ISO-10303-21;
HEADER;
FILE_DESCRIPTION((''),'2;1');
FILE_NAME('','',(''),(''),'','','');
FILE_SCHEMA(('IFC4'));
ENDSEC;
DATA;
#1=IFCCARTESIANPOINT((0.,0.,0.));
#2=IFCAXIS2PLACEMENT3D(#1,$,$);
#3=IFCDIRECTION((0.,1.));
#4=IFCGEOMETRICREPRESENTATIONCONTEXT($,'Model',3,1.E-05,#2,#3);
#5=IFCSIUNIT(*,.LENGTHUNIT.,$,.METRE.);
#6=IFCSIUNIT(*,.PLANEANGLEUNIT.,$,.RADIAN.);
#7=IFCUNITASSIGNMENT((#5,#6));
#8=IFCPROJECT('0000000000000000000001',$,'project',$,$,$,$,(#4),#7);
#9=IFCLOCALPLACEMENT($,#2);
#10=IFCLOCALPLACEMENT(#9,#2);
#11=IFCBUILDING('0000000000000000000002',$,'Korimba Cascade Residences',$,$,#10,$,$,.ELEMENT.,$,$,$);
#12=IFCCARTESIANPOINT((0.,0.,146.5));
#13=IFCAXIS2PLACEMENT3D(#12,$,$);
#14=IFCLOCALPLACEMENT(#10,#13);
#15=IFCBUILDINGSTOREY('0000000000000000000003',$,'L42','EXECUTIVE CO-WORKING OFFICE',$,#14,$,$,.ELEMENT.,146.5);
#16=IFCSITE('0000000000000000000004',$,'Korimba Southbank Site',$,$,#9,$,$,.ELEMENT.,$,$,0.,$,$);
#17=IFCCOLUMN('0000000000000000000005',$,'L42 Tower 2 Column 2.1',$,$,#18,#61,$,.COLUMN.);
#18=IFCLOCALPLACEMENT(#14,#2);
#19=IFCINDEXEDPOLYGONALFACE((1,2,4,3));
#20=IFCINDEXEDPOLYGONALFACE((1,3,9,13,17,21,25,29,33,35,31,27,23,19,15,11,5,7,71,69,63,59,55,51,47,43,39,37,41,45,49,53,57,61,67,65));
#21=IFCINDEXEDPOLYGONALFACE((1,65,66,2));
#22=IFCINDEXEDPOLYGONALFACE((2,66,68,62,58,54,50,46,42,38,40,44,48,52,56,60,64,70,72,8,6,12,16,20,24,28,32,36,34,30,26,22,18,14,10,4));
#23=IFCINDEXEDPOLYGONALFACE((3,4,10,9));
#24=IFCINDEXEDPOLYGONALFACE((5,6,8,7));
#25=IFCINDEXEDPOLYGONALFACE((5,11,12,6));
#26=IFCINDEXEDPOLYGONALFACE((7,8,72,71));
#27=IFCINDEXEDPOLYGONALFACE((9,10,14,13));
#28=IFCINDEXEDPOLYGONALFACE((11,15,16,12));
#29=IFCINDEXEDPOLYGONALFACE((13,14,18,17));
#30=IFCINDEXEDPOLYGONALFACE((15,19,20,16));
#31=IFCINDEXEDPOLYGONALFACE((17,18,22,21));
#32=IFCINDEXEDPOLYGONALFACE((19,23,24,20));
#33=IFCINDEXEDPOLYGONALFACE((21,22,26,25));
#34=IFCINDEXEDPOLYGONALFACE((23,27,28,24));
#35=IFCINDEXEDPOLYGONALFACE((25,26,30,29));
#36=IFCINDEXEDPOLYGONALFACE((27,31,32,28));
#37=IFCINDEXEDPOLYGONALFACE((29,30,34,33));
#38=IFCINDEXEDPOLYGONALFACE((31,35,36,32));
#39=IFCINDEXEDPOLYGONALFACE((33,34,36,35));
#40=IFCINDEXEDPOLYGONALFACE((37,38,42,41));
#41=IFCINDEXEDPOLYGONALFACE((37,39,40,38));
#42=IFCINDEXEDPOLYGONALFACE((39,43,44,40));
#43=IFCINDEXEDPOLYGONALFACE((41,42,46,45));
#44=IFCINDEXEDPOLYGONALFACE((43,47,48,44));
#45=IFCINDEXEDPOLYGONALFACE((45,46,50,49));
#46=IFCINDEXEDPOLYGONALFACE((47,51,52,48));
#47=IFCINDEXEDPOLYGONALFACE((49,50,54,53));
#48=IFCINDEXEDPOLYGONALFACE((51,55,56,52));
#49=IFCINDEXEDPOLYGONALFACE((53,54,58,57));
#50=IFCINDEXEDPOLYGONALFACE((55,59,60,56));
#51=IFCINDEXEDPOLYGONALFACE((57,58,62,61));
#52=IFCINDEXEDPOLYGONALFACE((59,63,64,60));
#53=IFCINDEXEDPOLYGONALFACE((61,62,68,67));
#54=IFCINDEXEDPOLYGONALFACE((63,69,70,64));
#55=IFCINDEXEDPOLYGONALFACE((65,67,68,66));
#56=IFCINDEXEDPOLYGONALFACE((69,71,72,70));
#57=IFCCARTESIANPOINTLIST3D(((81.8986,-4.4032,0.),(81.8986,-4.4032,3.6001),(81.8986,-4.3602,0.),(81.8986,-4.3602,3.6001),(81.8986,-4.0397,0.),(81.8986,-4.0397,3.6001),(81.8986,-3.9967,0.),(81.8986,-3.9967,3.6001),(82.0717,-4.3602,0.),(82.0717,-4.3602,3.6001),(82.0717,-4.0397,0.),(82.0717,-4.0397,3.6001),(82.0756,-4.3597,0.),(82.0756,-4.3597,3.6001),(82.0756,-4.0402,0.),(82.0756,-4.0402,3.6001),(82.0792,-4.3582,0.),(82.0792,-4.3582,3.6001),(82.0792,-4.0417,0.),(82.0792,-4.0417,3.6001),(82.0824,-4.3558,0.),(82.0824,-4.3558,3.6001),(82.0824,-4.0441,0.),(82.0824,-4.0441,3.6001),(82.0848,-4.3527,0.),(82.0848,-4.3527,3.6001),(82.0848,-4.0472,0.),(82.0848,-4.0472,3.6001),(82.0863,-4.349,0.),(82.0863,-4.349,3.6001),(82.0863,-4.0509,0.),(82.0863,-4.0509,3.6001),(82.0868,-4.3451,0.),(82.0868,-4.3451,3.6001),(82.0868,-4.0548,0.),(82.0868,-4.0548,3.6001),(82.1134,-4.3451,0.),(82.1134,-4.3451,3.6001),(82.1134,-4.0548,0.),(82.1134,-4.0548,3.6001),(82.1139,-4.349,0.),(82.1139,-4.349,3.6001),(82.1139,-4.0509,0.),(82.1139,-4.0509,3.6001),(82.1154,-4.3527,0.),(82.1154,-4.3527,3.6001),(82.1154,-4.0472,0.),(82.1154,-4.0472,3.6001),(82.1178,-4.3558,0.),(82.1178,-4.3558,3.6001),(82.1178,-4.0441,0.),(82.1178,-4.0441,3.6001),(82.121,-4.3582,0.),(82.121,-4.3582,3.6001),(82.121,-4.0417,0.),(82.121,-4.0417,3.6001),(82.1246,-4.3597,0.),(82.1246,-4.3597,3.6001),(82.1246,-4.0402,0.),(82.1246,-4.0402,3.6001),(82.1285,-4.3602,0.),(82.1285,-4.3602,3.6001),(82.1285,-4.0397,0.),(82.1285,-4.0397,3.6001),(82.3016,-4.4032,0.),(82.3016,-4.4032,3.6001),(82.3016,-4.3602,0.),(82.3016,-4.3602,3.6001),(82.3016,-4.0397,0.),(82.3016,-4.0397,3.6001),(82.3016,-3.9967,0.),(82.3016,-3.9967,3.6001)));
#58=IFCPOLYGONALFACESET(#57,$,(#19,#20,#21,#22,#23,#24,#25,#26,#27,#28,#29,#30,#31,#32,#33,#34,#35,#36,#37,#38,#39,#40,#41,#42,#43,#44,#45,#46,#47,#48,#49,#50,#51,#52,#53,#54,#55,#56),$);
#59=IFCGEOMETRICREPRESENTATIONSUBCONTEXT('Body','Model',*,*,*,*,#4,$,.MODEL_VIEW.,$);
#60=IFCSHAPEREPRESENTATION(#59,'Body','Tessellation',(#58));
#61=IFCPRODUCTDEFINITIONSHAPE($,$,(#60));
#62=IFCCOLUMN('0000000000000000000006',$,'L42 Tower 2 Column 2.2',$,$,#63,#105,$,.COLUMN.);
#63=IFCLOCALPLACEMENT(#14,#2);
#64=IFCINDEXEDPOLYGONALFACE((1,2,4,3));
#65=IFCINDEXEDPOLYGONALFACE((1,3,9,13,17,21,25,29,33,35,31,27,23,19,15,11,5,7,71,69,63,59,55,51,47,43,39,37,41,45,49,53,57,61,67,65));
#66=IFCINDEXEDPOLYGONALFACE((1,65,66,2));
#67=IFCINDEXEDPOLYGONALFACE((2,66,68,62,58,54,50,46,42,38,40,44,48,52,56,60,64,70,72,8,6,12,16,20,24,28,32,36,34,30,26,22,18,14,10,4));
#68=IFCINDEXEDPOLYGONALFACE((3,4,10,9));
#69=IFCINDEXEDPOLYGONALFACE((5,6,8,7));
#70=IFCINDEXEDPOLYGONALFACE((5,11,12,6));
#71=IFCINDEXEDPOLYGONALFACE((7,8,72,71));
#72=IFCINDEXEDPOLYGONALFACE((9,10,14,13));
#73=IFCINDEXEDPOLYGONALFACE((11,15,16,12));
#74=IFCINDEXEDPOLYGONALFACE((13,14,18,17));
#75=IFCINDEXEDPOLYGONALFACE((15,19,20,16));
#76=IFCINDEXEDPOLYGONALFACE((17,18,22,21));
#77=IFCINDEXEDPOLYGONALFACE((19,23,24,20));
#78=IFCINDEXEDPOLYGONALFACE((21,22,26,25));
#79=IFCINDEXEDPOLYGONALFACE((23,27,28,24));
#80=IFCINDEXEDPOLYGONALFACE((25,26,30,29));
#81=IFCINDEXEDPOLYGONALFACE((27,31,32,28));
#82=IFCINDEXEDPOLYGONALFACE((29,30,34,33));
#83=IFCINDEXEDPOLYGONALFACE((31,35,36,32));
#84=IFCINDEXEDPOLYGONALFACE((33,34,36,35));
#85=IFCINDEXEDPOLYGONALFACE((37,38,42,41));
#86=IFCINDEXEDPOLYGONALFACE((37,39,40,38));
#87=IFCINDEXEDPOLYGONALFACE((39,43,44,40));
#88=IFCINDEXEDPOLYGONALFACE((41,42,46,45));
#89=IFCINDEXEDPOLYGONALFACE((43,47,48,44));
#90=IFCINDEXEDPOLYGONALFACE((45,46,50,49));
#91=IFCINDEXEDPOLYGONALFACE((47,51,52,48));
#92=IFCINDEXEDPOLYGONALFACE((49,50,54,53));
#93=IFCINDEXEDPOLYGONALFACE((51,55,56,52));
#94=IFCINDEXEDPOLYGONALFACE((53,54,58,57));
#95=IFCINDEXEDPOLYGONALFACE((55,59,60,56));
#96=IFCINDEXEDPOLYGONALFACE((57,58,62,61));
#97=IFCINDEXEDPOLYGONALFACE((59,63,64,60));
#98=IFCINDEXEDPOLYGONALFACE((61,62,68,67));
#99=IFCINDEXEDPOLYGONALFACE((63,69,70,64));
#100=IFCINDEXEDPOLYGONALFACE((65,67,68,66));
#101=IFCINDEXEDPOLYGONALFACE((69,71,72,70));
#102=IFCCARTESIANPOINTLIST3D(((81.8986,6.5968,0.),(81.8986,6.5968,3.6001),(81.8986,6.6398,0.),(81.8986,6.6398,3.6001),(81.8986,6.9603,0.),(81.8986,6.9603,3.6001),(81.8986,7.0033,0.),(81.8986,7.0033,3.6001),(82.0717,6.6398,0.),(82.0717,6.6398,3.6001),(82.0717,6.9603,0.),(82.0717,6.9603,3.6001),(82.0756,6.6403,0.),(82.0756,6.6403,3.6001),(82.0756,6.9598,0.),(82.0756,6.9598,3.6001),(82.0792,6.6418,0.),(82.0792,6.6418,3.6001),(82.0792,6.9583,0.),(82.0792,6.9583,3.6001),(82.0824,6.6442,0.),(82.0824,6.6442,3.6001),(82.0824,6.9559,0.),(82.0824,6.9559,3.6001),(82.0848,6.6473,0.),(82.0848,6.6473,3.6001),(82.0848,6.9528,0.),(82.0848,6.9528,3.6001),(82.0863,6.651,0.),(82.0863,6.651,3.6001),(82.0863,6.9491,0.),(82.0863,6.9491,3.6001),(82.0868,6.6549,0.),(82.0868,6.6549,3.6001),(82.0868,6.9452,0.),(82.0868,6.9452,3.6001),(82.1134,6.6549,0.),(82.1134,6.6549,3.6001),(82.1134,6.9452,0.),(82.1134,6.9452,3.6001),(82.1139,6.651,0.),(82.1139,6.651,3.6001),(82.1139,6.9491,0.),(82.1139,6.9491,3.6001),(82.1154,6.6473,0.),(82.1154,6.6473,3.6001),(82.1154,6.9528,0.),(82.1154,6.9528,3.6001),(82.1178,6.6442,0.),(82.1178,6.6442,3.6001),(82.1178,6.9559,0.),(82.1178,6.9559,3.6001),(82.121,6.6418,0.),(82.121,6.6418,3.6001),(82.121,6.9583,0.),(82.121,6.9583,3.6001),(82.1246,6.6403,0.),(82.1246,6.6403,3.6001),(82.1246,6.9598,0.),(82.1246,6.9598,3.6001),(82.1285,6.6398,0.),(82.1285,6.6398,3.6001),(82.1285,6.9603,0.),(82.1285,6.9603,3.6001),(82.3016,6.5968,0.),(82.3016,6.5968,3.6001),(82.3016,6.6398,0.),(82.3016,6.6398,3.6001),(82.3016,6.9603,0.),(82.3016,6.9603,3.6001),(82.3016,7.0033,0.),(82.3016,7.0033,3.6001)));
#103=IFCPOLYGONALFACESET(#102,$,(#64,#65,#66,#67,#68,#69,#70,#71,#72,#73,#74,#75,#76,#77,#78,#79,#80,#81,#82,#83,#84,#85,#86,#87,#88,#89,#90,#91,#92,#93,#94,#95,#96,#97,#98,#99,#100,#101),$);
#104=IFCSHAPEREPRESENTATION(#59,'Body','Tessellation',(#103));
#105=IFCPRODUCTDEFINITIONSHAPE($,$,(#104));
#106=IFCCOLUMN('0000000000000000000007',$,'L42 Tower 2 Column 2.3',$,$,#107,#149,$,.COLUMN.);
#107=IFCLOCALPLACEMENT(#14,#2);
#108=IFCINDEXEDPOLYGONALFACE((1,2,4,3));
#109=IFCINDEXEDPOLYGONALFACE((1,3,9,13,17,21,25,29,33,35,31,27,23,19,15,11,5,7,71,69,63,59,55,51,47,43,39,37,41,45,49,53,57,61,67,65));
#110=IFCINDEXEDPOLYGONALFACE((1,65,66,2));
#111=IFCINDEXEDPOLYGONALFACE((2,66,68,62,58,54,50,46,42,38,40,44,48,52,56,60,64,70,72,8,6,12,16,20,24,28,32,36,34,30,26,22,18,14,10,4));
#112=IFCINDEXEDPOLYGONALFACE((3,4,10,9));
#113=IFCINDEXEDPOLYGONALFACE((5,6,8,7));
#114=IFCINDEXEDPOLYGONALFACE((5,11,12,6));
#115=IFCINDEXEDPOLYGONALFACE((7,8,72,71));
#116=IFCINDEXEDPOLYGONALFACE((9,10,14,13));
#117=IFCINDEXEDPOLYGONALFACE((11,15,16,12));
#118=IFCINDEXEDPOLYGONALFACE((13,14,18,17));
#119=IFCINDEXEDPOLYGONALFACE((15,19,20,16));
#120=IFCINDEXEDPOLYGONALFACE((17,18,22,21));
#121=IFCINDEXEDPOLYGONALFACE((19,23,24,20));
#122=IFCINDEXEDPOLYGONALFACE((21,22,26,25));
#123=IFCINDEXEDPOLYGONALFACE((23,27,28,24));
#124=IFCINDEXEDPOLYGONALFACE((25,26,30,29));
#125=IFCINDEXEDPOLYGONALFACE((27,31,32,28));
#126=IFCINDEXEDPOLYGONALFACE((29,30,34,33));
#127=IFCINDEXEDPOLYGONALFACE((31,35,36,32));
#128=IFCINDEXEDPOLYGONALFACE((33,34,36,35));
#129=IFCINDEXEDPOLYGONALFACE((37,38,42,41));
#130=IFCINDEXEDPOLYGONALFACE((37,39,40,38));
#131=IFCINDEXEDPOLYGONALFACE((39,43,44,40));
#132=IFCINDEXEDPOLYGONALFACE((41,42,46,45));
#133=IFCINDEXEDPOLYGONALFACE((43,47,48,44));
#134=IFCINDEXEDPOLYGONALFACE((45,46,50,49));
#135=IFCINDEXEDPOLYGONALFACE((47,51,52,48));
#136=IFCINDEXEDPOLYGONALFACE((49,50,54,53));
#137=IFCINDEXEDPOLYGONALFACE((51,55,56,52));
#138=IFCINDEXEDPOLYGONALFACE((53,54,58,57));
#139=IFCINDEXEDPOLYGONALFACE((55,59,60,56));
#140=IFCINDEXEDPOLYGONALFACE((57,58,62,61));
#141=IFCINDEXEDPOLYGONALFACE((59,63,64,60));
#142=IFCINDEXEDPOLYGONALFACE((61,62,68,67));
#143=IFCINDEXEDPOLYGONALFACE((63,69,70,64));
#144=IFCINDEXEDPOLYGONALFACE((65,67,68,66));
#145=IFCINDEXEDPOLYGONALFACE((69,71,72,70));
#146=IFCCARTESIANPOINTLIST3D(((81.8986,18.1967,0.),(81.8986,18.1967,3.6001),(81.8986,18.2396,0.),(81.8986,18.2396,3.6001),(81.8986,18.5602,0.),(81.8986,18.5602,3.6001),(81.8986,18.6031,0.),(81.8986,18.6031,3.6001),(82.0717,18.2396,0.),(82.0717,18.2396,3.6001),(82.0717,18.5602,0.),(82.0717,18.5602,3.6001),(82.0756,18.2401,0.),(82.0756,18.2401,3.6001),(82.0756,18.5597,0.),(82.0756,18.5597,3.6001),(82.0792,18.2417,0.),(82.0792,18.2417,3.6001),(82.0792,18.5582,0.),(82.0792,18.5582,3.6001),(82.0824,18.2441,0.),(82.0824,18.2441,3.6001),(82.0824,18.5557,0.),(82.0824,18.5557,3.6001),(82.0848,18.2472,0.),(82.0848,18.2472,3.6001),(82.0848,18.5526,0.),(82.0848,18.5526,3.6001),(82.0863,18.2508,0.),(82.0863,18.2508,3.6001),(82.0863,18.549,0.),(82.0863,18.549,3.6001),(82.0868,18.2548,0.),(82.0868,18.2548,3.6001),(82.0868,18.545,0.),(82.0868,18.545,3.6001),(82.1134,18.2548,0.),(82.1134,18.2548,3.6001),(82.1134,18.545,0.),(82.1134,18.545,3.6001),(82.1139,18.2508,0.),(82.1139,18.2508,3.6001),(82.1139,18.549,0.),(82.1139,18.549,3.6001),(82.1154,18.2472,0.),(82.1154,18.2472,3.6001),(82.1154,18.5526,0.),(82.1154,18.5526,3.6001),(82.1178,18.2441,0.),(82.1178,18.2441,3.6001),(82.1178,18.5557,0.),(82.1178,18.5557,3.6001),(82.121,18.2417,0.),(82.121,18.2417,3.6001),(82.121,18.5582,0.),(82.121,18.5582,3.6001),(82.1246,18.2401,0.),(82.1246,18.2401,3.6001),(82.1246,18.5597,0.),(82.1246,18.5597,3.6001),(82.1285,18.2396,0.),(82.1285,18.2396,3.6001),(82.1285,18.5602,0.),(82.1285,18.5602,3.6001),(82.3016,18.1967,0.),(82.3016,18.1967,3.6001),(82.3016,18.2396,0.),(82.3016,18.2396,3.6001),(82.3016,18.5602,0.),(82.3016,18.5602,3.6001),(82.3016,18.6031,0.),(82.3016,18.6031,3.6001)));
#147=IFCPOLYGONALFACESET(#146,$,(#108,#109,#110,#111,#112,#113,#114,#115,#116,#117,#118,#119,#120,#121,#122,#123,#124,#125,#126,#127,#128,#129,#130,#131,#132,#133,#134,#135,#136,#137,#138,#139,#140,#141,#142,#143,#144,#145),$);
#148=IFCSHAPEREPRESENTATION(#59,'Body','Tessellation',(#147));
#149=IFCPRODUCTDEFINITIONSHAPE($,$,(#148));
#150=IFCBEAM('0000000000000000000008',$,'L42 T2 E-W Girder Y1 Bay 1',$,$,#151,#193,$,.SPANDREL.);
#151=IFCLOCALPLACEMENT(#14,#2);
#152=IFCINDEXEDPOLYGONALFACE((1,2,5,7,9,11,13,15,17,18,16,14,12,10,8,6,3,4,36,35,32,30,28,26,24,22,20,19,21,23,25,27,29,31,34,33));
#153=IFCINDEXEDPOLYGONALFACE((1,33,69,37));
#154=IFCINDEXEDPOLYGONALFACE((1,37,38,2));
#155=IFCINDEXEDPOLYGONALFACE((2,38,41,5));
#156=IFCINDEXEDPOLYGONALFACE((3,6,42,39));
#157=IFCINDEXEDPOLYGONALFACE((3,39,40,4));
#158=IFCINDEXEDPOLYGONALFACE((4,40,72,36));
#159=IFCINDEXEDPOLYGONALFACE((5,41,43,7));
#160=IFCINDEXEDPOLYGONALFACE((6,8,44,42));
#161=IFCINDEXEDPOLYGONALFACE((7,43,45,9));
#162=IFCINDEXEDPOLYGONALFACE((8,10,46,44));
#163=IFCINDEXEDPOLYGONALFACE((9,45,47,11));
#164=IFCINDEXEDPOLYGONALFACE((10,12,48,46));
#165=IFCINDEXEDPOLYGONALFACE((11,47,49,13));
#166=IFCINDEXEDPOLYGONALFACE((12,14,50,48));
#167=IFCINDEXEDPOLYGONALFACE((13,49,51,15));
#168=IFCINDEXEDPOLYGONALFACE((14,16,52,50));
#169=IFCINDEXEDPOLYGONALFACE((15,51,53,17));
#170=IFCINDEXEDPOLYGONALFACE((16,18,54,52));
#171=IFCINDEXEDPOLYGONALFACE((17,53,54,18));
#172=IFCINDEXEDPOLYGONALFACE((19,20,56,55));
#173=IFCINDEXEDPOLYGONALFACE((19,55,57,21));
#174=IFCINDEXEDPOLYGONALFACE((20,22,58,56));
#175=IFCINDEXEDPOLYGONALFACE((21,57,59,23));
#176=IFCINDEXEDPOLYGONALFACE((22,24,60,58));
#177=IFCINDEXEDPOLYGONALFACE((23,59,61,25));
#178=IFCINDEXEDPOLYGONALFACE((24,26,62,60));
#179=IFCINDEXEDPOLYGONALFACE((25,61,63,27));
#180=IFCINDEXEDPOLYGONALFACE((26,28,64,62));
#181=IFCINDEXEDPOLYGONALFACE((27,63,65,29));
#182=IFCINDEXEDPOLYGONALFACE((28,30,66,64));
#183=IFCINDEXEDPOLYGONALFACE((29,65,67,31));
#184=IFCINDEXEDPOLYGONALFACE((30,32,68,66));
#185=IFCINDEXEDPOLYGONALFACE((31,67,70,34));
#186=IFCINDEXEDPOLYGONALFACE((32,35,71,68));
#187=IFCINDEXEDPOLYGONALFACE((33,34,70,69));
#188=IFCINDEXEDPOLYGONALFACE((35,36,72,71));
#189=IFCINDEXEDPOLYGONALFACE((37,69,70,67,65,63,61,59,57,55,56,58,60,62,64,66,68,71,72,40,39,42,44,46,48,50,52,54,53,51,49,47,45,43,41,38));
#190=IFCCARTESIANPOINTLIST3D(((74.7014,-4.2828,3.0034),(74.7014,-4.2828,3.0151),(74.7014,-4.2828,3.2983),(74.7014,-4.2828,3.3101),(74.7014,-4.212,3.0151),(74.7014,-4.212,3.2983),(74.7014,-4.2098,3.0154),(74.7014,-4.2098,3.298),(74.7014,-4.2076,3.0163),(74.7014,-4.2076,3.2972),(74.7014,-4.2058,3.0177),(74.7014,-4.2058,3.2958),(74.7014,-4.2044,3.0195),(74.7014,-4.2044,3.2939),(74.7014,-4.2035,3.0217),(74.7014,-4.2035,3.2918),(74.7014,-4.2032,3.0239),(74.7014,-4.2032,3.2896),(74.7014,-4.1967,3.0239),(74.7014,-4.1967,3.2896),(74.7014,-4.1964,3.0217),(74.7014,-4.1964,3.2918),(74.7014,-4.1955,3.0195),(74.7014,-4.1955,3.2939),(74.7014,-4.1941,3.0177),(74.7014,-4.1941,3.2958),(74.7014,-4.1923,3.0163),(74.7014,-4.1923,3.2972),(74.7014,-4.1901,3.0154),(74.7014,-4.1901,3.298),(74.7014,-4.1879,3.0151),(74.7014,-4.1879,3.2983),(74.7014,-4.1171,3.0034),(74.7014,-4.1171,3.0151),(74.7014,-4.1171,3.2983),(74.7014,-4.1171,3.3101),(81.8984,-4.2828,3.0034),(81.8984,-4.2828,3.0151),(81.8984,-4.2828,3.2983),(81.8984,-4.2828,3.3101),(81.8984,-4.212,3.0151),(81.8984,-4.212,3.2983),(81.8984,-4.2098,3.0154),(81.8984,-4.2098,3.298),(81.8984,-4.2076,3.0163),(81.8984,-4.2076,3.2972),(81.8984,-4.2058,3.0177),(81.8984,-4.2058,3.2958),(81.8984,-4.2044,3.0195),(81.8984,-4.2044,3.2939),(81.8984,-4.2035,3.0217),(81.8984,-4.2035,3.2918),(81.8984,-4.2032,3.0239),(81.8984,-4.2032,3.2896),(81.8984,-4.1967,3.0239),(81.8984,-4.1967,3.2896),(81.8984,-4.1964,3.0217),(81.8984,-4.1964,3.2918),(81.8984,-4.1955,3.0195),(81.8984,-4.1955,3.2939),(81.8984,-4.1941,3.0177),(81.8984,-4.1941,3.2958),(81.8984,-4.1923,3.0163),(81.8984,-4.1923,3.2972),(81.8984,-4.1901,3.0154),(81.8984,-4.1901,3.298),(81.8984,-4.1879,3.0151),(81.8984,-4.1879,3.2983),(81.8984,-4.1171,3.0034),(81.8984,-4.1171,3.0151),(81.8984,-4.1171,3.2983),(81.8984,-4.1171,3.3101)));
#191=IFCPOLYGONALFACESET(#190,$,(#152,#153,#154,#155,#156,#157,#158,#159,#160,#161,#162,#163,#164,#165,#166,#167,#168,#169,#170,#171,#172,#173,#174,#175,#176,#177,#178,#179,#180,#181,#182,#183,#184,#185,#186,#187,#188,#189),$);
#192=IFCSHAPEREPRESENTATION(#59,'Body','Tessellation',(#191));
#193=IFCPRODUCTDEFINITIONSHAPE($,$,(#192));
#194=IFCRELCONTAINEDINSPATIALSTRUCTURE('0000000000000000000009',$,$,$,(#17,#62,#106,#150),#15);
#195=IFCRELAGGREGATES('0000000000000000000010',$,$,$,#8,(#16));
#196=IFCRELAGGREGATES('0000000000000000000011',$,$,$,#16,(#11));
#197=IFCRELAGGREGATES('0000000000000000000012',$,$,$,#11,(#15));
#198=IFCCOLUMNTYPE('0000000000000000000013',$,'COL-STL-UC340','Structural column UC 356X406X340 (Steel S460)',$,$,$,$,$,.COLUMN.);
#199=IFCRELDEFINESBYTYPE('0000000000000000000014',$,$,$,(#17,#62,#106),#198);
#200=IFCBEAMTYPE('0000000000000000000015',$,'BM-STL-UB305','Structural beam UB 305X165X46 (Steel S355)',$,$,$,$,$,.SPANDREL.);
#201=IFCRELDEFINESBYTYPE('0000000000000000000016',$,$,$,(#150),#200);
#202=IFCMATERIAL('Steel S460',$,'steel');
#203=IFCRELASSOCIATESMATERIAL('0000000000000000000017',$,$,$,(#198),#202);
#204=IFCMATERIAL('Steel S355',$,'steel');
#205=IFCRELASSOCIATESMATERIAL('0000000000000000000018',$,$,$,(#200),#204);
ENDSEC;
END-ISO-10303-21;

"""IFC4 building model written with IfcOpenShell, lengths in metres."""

from ifc_helpers import new_model, si_unit, direction, frame, origin, origin_2d, place, context, subcontext, project, spatial, i_section, extrude, material, material_profile, profile_set, type_object, element, save


model = new_model("IFC4")

# Units and contexts
model_context = context("Model", 3, precision=1e-05, world=origin(), true_north=direction((0.0, 1.0)))
body_context = subcontext(model_context, "Body", "Model", "MODEL_VIEW")
ifc_project = project(units=[si_unit("LENGTHUNIT", "METRE"), si_unit("PLANEANGLEUNIT", "RADIAN")], contexts=[model_context])

# Site, building, storey
site_placement = place(None, origin())
site = spatial("IfcSite", under=ifc_project, at=site_placement, Name="Korimba Southbank Site", CompositionType="ELEMENT", RefElevation=0.0)
building_placement = place(site_placement, origin())
building = spatial("IfcBuilding", under=site, at=building_placement, Name="Korimba Cascade Residences", CompositionType="ELEMENT")
storey_placement = place(building_placement, frame((0.0, 0.0, 146.5)))
storey = spatial("IfcBuildingStorey", under=building, at=storey_placement, Name="L42", Description="EXECUTIVE CO-WORKING OFFICE", CompositionType="ELEMENT", Elevation=146.5)

# Columns
ifc_material_1 = material(Name="Steel S460", Category="steel")
ifc_material_profile_1 = material_profile(ifc_material_1, i_section(OverallWidth=0.4031, OverallDepth=0.4065, WebThickness=0.0266, FlangeThickness=0.043, FilletRadius=0.0151, at=origin_2d()), Name="Steel S460")
ifc_profile_set_1 = profile_set([ifc_material_profile_1], Name="Steel S460")
column_type = type_object("IfcColumnType", Name="COL-STL-UC340", Description="Structural column UC 356X406X340 (Steel S460)", PredefinedType="COLUMN", material=ifc_profile_set_1)
for number, where, z_axis, x_axis, name in (
    (1, (82.1001, -4.2, 0.0), (0.0, 0.0, 1.0), (1.0, 0.0, 0.0), "L42 Tower 2 Column 2.1"),
    (2, (82.1001, 6.8, 0.0), (0.0, 0.0, 1.0), (1.0, 0.0, 0.0), "L42 Tower 2 Column 2.2"),
    (3, (82.1001, 18.3999, 0.0), (0.0, 0.0, 1.0), (1.0, 0.0, 0.0), "L42 Tower 2 Column 2.3"),
):
    element("IfcColumn", number, at=place(storey_placement, frame(where, z_axis=z_axis, x_axis=x_axis)), inside=storey, type_object=column_type, Name=name, PredefinedType="COLUMN", context=body_context, shape_type="SweptSolid", body=[
        extrude(i_section(OverallWidth=0.4031, OverallDepth=0.4065, WebThickness=0.0266, FlangeThickness=0.043, FilletRadius=0.0151, at=origin_2d()), origin(), (0.0, 0.0, 1.0), 3.6001),
    ])

# Beam
ifc_material_2 = material(Name="Steel S355", Category="steel")
ifc_material_profile_2 = material_profile(ifc_material_2, i_section(OverallWidth=0.1658, OverallDepth=0.3066, WebThickness=0.0066, FlangeThickness=0.0117, FilletRadius=0.0088, at=origin_2d()), Name="Steel S355")
ifc_profile_set_2 = profile_set([ifc_material_profile_2], Name="Steel S355")
beam_type_1 = type_object("IfcBeamType", Name="BM-STL-UB305", Description="Structural beam UB 305X165X46 (Steel S355)", PredefinedType="SPANDREL", material=ifc_profile_set_2)
beam_1_placement = place(storey_placement, frame((74.7014, -4.2, 3.1567), z_axis=(1.0, 0.0, 0.0), x_axis=(0.0, 1.0, 0.0)))
element("IfcBeam", 4, at=beam_1_placement, inside=storey, type_object=beam_type_1, Name="L42 T2 E-W Girder Y1 Bay 1", PredefinedType="SPANDREL", context=body_context, shape_type="SweptSolid", body=[
    extrude(i_section(OverallWidth=0.1658, OverallDepth=0.3066, WebThickness=0.0066, FlangeThickness=0.0117, FilletRadius=0.0088, at=origin_2d()), origin(), (0.0, 0.0, 1.0), 7.197),
])

save(model, "model.ifc")
